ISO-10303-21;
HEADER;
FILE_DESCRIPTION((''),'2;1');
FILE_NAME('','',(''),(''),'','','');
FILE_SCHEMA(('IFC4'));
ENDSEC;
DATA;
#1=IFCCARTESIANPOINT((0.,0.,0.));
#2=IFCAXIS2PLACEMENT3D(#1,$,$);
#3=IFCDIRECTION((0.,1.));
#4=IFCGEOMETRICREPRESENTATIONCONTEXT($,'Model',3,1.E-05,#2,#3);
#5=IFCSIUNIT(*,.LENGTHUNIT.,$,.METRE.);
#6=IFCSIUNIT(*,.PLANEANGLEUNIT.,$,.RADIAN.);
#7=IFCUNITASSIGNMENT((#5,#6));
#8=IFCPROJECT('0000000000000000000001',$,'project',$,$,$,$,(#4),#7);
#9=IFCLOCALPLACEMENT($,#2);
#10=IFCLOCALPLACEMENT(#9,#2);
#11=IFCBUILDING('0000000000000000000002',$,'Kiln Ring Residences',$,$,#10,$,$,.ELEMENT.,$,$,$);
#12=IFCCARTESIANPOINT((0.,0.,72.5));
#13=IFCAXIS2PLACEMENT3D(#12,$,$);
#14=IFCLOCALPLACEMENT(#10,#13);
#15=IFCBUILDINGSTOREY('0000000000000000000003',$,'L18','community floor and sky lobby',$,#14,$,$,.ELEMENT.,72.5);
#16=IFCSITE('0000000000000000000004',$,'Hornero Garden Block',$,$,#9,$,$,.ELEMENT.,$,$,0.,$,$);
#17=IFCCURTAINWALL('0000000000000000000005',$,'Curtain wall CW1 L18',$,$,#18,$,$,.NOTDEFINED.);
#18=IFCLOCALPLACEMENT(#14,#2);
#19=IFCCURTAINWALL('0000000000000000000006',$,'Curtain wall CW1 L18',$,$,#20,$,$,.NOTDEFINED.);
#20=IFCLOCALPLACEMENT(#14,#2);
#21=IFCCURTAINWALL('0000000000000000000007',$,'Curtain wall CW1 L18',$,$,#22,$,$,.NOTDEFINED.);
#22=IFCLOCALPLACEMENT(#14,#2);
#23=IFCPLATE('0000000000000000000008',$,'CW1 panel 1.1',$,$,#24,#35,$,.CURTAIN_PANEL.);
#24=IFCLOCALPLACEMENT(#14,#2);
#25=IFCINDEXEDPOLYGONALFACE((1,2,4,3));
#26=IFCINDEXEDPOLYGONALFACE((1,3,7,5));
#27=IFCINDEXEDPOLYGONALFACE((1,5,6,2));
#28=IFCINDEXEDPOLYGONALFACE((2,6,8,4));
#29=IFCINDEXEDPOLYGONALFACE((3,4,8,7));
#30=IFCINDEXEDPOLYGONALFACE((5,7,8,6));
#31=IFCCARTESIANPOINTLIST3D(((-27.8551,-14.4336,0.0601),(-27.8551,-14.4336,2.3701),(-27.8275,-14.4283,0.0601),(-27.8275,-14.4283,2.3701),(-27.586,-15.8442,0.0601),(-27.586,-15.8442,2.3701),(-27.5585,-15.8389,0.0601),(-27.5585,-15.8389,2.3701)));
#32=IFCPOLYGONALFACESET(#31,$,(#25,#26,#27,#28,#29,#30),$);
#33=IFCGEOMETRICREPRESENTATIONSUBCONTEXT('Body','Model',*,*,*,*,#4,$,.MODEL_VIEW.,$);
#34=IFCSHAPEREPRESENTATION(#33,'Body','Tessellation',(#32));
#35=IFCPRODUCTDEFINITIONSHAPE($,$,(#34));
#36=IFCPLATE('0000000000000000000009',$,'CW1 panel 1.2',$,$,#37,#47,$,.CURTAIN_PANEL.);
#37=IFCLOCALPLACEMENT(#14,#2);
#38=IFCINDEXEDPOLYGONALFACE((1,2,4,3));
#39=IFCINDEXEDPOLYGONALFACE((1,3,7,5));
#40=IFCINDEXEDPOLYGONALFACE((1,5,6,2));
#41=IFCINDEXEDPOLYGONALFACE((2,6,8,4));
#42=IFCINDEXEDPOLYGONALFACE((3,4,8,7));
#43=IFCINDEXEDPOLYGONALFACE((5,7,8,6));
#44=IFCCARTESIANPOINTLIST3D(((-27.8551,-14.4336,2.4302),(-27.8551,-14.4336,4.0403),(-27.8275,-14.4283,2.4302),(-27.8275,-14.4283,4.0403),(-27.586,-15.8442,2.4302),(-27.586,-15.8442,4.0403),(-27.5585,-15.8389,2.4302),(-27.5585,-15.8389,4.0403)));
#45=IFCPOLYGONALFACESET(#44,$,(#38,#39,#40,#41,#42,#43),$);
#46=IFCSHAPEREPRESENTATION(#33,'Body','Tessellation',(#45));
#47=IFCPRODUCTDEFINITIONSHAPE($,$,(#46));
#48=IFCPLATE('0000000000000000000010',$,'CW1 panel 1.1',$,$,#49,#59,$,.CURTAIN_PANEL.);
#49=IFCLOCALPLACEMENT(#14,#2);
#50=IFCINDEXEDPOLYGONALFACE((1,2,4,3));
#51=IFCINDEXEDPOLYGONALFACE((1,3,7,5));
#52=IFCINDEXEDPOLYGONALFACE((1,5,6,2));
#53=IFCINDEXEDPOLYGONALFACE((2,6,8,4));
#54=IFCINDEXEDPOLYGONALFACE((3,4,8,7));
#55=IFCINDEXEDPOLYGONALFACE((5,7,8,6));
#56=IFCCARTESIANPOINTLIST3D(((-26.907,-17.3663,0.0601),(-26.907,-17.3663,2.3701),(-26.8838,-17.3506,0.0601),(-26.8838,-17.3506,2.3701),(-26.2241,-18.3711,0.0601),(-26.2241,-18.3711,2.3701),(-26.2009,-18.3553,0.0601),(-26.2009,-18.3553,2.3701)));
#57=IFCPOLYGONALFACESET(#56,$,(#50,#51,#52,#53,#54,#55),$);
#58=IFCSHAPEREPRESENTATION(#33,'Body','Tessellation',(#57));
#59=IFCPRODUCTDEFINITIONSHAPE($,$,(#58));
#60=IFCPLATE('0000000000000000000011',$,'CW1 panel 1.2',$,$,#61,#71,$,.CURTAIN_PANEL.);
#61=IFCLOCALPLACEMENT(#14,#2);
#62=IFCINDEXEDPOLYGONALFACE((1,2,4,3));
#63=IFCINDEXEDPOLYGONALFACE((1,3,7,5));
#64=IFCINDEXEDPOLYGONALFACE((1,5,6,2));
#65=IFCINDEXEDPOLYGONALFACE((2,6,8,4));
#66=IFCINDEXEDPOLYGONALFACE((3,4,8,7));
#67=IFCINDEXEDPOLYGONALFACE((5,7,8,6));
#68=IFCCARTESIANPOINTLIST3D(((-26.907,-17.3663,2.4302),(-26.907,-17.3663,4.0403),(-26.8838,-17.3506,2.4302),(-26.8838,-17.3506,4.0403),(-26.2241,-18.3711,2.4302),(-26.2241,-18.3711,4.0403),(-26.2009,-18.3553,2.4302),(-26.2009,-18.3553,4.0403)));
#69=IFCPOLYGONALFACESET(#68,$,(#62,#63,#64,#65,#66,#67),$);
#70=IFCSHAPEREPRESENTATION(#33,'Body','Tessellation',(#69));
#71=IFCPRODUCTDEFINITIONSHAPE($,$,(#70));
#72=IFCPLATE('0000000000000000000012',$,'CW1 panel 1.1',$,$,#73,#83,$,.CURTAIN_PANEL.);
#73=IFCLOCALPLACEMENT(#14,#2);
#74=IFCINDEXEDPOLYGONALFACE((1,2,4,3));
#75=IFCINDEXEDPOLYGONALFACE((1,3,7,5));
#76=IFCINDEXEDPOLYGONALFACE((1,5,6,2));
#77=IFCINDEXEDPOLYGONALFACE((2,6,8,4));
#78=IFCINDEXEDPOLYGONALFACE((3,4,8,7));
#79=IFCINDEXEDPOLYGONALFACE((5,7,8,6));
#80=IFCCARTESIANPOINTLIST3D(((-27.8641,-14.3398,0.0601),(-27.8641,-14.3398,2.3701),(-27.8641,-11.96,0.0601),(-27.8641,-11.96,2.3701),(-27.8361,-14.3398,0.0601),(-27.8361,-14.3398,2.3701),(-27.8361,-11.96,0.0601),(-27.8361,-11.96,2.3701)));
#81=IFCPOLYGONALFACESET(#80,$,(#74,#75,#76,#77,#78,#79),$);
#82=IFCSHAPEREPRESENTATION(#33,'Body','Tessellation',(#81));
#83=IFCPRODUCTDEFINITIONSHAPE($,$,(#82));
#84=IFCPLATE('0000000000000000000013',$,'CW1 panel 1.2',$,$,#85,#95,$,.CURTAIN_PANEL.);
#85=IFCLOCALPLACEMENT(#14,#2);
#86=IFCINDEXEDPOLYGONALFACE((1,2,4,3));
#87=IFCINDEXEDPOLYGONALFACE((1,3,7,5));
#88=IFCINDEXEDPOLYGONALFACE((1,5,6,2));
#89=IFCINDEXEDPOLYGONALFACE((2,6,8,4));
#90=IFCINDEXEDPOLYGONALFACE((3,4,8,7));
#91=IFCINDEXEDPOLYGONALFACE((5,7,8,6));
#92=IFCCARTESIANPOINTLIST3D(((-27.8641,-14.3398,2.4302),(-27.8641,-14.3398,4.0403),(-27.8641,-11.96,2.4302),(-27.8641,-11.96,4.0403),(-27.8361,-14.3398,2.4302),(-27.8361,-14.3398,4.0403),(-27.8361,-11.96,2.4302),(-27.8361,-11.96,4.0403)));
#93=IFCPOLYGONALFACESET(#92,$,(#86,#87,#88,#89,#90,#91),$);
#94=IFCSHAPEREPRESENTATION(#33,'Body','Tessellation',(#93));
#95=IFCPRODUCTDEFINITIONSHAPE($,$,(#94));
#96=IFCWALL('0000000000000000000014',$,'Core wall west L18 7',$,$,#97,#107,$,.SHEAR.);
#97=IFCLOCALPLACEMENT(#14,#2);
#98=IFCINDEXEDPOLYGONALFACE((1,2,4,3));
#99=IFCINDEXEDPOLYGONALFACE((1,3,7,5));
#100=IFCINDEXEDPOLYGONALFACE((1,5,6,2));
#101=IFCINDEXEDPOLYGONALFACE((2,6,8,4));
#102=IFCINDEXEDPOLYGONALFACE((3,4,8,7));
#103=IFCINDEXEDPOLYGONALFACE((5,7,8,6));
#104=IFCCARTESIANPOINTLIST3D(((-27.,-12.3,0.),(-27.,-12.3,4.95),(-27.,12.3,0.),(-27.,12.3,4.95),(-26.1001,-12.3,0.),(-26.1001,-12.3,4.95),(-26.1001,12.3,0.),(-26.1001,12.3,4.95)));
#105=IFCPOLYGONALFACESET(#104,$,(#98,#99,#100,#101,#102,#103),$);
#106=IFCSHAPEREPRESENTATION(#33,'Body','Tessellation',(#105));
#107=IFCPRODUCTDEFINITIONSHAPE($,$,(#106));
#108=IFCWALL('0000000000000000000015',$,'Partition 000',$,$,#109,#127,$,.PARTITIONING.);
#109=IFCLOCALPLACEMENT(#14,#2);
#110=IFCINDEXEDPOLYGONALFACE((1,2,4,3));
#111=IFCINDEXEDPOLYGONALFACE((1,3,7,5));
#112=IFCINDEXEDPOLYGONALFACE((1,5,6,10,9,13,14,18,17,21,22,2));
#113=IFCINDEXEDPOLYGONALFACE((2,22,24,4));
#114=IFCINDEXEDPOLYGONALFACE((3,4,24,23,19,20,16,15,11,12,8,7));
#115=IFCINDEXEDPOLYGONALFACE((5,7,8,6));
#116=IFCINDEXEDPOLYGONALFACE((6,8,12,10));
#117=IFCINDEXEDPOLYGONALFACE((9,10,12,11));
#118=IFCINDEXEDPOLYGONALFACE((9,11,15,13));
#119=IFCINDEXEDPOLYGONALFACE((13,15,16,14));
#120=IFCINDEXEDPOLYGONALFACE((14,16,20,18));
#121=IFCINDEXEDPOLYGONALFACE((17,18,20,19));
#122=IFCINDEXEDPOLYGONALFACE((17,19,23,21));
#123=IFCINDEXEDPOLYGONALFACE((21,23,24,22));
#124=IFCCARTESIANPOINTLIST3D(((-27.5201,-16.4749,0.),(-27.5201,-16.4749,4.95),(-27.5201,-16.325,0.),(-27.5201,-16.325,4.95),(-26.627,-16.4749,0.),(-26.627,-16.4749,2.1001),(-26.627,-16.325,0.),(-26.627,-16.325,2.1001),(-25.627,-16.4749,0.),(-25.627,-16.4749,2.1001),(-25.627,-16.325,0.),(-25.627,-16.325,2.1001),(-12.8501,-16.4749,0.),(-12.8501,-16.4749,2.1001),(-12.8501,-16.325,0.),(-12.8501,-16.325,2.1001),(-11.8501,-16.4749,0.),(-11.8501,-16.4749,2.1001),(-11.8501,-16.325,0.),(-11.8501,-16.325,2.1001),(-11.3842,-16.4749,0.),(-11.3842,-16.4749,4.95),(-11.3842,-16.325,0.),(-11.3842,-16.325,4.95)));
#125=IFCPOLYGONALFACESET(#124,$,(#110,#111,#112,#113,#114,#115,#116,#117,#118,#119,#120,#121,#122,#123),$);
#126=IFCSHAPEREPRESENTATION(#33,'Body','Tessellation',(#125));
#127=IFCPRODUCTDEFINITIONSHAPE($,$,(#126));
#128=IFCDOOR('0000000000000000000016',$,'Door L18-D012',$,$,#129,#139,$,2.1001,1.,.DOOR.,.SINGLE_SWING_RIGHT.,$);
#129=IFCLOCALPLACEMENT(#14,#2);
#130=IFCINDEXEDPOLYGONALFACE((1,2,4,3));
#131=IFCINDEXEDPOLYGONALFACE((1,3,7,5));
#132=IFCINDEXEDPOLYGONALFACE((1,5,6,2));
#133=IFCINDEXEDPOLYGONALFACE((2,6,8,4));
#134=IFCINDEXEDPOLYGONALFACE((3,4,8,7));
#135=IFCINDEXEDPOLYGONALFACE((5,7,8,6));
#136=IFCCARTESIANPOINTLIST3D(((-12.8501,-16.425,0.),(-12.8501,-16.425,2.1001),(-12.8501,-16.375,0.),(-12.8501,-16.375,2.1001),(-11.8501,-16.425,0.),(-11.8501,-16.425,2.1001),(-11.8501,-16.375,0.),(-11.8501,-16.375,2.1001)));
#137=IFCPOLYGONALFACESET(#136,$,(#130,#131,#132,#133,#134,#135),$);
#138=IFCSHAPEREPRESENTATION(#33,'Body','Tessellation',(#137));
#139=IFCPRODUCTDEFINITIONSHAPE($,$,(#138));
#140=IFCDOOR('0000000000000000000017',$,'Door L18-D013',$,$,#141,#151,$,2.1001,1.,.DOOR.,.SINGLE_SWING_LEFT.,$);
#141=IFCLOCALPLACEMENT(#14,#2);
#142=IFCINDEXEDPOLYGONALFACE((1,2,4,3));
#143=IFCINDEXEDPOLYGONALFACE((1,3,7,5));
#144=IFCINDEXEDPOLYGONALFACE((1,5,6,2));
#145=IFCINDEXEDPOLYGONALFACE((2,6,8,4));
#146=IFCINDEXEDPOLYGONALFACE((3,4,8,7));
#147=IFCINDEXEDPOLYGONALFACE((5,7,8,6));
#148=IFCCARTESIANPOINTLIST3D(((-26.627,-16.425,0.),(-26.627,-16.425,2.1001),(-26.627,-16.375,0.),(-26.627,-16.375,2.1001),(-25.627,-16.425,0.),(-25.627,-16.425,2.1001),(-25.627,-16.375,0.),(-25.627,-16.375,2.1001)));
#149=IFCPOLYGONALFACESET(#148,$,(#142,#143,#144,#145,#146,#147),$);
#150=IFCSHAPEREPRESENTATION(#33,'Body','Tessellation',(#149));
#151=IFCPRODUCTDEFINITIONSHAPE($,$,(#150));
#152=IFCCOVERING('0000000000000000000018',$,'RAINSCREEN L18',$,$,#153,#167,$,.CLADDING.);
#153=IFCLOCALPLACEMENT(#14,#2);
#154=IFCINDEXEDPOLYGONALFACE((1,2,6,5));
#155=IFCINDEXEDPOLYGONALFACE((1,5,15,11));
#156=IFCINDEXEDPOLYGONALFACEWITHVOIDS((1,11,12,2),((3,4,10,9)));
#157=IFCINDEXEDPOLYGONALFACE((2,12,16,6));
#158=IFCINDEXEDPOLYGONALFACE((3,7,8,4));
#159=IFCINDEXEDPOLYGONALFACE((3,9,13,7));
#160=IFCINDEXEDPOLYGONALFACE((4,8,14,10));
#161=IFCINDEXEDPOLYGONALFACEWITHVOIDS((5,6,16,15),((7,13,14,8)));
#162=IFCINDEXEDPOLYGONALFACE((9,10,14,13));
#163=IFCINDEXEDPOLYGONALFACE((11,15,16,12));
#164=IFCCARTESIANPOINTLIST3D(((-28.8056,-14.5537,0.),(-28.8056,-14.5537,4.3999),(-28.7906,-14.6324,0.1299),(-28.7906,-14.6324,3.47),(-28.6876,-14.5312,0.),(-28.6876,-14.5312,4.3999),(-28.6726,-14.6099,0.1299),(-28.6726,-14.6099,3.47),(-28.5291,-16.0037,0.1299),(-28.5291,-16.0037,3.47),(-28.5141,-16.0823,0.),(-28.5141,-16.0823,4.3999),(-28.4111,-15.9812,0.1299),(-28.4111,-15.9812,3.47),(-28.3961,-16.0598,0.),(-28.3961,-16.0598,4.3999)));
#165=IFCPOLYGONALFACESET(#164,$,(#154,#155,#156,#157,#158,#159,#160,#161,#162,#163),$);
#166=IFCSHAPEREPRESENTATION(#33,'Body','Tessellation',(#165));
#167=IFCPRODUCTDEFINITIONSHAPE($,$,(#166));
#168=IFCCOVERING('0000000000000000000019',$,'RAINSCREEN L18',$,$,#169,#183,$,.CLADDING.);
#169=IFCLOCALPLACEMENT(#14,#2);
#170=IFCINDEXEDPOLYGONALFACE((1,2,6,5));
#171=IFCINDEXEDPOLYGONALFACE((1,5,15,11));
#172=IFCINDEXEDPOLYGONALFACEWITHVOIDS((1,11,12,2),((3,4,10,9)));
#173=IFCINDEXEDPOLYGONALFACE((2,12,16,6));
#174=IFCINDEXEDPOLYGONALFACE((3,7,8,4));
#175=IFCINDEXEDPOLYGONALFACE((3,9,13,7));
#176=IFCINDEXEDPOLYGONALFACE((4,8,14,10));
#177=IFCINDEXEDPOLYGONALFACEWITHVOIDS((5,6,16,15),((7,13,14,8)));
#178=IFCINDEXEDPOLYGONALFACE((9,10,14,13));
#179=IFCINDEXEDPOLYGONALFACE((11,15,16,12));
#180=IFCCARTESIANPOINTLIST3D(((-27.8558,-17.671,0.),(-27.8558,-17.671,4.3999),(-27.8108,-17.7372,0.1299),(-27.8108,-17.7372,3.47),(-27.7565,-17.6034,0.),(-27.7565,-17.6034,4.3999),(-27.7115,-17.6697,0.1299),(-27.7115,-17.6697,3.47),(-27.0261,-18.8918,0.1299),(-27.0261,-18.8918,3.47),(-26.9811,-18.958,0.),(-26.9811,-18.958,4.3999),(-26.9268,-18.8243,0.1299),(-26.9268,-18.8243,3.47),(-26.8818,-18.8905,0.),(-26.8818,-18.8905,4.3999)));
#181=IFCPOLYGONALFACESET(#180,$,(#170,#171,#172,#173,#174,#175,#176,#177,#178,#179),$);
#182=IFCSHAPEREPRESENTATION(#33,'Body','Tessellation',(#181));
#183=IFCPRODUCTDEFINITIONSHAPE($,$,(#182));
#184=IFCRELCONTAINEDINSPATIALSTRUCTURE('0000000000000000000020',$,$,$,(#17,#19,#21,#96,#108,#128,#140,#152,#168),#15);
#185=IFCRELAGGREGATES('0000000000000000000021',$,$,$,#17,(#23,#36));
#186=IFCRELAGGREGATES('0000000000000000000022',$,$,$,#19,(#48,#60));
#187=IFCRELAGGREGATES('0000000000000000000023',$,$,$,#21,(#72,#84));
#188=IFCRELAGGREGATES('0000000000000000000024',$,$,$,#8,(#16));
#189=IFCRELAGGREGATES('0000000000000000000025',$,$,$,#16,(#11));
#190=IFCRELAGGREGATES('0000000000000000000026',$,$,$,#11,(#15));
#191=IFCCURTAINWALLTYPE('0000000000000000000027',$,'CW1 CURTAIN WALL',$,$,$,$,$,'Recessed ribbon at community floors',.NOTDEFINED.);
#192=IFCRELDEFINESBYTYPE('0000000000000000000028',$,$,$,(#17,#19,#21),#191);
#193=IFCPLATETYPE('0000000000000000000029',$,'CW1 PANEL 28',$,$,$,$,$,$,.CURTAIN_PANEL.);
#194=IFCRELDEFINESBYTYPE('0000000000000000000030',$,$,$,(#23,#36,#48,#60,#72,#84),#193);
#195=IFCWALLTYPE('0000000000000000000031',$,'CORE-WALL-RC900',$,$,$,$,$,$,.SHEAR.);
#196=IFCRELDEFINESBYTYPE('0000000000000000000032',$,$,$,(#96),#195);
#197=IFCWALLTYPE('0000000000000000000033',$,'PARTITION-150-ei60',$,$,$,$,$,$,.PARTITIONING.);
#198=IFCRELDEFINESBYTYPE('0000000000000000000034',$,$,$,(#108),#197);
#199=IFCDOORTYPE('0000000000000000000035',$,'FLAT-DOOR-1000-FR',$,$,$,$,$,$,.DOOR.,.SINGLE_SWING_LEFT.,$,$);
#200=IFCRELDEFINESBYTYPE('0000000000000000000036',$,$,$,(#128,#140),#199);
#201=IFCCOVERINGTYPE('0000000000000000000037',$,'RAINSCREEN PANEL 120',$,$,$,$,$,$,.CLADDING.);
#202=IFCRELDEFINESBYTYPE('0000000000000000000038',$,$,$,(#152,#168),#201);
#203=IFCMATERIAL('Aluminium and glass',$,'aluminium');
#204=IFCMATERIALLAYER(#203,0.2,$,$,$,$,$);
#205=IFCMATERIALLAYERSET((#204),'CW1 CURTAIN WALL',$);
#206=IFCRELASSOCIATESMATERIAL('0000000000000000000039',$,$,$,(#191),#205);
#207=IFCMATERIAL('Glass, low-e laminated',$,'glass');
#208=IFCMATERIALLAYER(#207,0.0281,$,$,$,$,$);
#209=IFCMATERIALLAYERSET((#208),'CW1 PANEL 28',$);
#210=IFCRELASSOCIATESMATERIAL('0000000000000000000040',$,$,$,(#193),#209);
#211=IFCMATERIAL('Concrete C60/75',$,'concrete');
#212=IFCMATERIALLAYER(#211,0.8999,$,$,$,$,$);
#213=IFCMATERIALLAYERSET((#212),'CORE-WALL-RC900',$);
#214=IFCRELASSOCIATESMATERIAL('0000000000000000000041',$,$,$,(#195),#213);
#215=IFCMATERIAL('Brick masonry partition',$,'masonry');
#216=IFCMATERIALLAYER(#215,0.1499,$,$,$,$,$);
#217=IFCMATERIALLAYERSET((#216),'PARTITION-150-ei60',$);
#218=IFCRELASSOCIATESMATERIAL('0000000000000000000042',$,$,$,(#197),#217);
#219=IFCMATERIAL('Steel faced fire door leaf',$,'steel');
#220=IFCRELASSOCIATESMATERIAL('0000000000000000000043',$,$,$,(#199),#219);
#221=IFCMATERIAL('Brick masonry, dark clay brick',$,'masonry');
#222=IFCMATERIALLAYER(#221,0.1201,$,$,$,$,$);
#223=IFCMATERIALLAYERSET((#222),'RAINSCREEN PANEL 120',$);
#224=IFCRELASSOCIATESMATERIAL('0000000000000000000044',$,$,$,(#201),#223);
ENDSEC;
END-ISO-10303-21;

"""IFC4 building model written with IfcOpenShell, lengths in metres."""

from ifc_helpers import new_model, si_unit, direction, frame, frame_2d, origin, origin_2d, place, context, subcontext, project, spatial, polyline, rectangle, outline, extrude, material, layer, layer_set, type_object, element, fill, aggregate, save


model = new_model("IFC4")

# Units and contexts
model_context = context("Model", 3, precision=1e-05, world=origin(), true_north=direction((0.0, 1.0)))
body_context = subcontext(model_context, "Body", "Model", "MODEL_VIEW")
ifc_project = project(units=[si_unit("LENGTHUNIT", "METRE"), si_unit("PLANEANGLEUNIT", "RADIAN")], contexts=[model_context])

# Site, building, storey
site_placement = place(None, origin())
site = spatial("IfcSite", under=ifc_project, at=site_placement, Name="Hornero Garden Block", CompositionType="ELEMENT", RefElevation=0.0)
building_placement = place(site_placement, origin())
building = spatial("IfcBuilding", under=site, at=building_placement, Name="Kiln Ring Residences", CompositionType="ELEMENT")
storey_placement = place(building_placement, frame((0.0, 0.0, 72.5)))
storey = spatial("IfcBuildingStorey", under=building, at=storey_placement, Name="L18", Description="community floor and sky lobby", CompositionType="ELEMENT", Elevation=72.5)

# Curtain walls
ifc_material_1 = material(Name="Aluminium and glass", Category="aluminium")
ifc_layer_1 = layer(ifc_material_1, 0.2)
ifc_layer_set_1 = layer_set([ifc_layer_1], Name="CW1 CURTAIN WALL")
curtain_wall_type = type_object("IfcCurtainWallType", Name="CW1 CURTAIN WALL", ElementType="Recessed ribbon at community floors", PredefinedType="NOTDEFINED", material=ifc_layer_set_1)
placement = place(storey_placement, origin())
curtain_wall_1 = element("IfcCurtainWall", 1, at=placement, inside=storey, type_object=curtain_wall_type, Name="Curtain wall CW1 L18", PredefinedType="NOTDEFINED")
curtain_wall_2 = element("IfcCurtainWall", 2, at=placement, inside=storey, type_object=curtain_wall_type, Name="Curtain wall CW1 L18", PredefinedType="NOTDEFINED")

# Curtain wall
curtain_wall_3 = element("IfcCurtainWall", 3, at=placement, inside=storey, type_object=curtain_wall_type, Name="Curtain wall CW1 L18", PredefinedType="NOTDEFINED")

# Plates
ifc_material_2 = material(Name="Glass, low-e laminated", Category="glass")
ifc_layer_2 = layer(ifc_material_2, 0.0281)
ifc_layer_set_2 = layer_set([ifc_layer_2], Name="CW1 PANEL 28")
plate_type = type_object("IfcPlateType", Name="CW1 PANEL 28", PredefinedType="CURTAIN_PANEL", material=ifc_layer_set_2)
plate_1_placement = place(storey_placement, frame((-27.7068, -15.1362, 0.0601), z_axis=(0.0, 0.0, 1.0), x_axis=(0.187366, -0.98229, 0.0)))
plate_1 = element("IfcPlate", 4, at=plate_1_placement, type_object=plate_type, Name="CW1 panel 1.1", PredefinedType="CURTAIN_PANEL", context=body_context, shape_type="SweptSolid", body=[
    extrude(rectangle(XDim=1.436, YDim=0.0281, at=origin_2d()), origin(), (0.0, 0.0, 1.0), 2.3101),
])
plate_2_placement = place(storey_placement, frame((-27.7068, -15.1362, 2.4302), z_axis=(0.0, 0.0, 1.0), x_axis=(0.187366, -0.98229, 0.0)))
plate_2 = element("IfcPlate", 5, at=plate_2_placement, type_object=plate_type, Name="CW1 panel 1.2", PredefinedType="CURTAIN_PANEL", context=body_context, shape_type="SweptSolid", body=[
    extrude(rectangle(XDim=1.436, YDim=0.0281, at=origin_2d()), origin(), (0.0, 0.0, 1.0), 1.6101),
])
aggregate(curtain_wall_1, [plate_1, plate_2])
plate_3_placement = place(storey_placement, frame((-26.554, -17.8608, 0.0601), z_axis=(0.0, 0.0, 1.0), x_axis=(0.562097, -0.827072, 0.0)))
plate_3 = element("IfcPlate", 6, at=plate_3_placement, type_object=plate_type, Name="CW1 panel 1.1", PredefinedType="CURTAIN_PANEL", context=body_context, shape_type="SweptSolid", body=[
    extrude(rectangle(XDim=1.2148, YDim=0.0281, at=origin_2d()), origin(), (0.0, 0.0, 1.0), 2.3101),
])
plate_4_placement = place(storey_placement, frame((-26.554, -17.8608, 2.4302), z_axis=(0.0, 0.0, 1.0), x_axis=(0.562097, -0.827072, 0.0)))
plate_4 = element("IfcPlate", 7, at=plate_4_placement, type_object=plate_type, Name="CW1 panel 1.2", PredefinedType="CURTAIN_PANEL", context=body_context, shape_type="SweptSolid", body=[
    extrude(rectangle(XDim=1.2148, YDim=0.0281, at=origin_2d()), origin(), (0.0, 0.0, 1.0), 1.6101),
])
aggregate(curtain_wall_2, [plate_3, plate_4])
plate_5_placement = place(storey_placement, frame((-27.8501, -13.1499, 0.0601), z_axis=(0.0, 0.0, 1.0), x_axis=(0.0, -1.0, 0.0)))
plate_5 = element("IfcPlate", 8, at=plate_5_placement, type_object=plate_type, Name="CW1 panel 1.1", PredefinedType="CURTAIN_PANEL", context=body_context, shape_type="SweptSolid", body=[
    extrude(rectangle(XDim=2.3799, YDim=0.0281, at=origin_2d()), origin(), (0.0, 0.0, 1.0), 2.3101),
])
plate_6_placement = place(storey_placement, frame((-27.8501, -13.1499, 2.4302), z_axis=(0.0, 0.0, 1.0), x_axis=(0.0, -1.0, 0.0)))
plate_6 = element("IfcPlate", 9, at=plate_6_placement, type_object=plate_type, Name="CW1 panel 1.2", PredefinedType="CURTAIN_PANEL", context=body_context, shape_type="SweptSolid", body=[
    extrude(rectangle(XDim=2.3799, YDim=0.0281, at=origin_2d()), origin(), (0.0, 0.0, 1.0), 1.6101),
])
aggregate(curtain_wall_3, [plate_5, plate_6])

# Wall
ifc_material_3 = material(Name="Concrete C60/75", Category="concrete")
ifc_layer_3 = layer(ifc_material_3, 0.8999)
ifc_layer_set_3 = layer_set([ifc_layer_3], Name="CORE-WALL-RC900")
wall_type_1 = type_object("IfcWallType", Name="CORE-WALL-RC900", PredefinedType="SHEAR", material=ifc_layer_set_3)
wall_1_placement = place(storey_placement, frame((-26.55, -12.3, 0.0), z_axis=(0.0, 0.0, 1.0), x_axis=(0.0, 1.0, 0.0)))
element("IfcWall", 10, at=wall_1_placement, inside=storey, type_object=wall_type_1, Name="Core wall west L18 7", PredefinedType="SHEAR", context=body_context, shape_type="SweptSolid", body=[
    extrude(rectangle(XDim=24.6001, YDim=0.8999, at=frame_2d((12.3, 0.0))), origin(), (0.0, 0.0, 1.0), 4.95),
])

# Wall, openings, doors
ifc_material_4 = material(Name="Brick masonry partition", Category="masonry")
ifc_layer_4 = layer(ifc_material_4, 0.1499)
ifc_layer_set_4 = layer_set([ifc_layer_4], Name="PARTITION-150-ei60")
wall_type_2 = type_object("IfcWallType", Name="PARTITION-150-ei60", PredefinedType="PARTITIONING", material=ifc_layer_set_4)
wall_2_placement = place(storey_placement, frame((-27.52, -16.3999, 0.0), z_axis=(0.0, 0.0, 1.0), x_axis=(1.0, 0.0, 0.0)))
wall_2 = element("IfcWall", 11, at=wall_2_placement, inside=storey, type_object=wall_type_2, Name="Partition 000", PredefinedType="PARTITIONING", context=body_context, shape_type="SweptSolid", body=[
    extrude(rectangle(XDim=16.136, YDim=0.1499, at=frame_2d((8.0679, 0.0))), origin(), (0.0, 0.0, 1.0), 4.95),
])
opening_1_placement = place(wall_2_placement, frame((14.6699, 0.0, 0.0)))
opening_1 = element("IfcOpeningElement", 12, at=opening_1_placement, cuts=wall_2, PredefinedType="OPENING", context=body_context, shape_type="SweptSolid", body=[
    extrude(rectangle(XDim=1.0, YDim=2.1001, at=frame_2d((0.5, 1.05))), frame((0.0, 0.085, 0.0), z_axis=(0.0, -1.0, 0.0), x_axis=(1.0, 0.0, 0.0)), (0.0, 0.0, 1.0), 0.1699),
])
opening_2_placement = place(wall_2_placement, frame((0.8931, 0.0, 0.0)))
opening_2 = element("IfcOpeningElement", 13, at=opening_2_placement, cuts=wall_2, PredefinedType="OPENING", context=body_context, shape_type="SweptSolid", body=[
    extrude(rectangle(XDim=1.0, YDim=2.1001, at=frame_2d((0.5, 1.05))), frame((0.0, 0.085, 0.0), z_axis=(0.0, -1.0, 0.0), x_axis=(1.0, 0.0, 0.0)), (0.0, 0.0, 1.0), 0.1699),
])
ifc_material_5 = material(Name="Steel faced fire door leaf", Category="steel")
door_type = type_object("IfcDoorType", Name="FLAT-DOOR-1000-FR", OperationType="SINGLE_SWING_LEFT", PredefinedType="DOOR", material=ifc_material_5)
door_1_placement = place(opening_1_placement, origin())
door_1 = element("IfcDoor", 14, at=door_1_placement, inside=storey, type_object=door_type, Name="Door L18-D012", OperationType="SINGLE_SWING_RIGHT", OverallHeight=2.1001, OverallWidth=1.0, PredefinedType="DOOR", context=body_context, shape_type="SweptSolid", body=[
    extrude(rectangle(XDim=1.0, YDim=2.1001, at=frame_2d((0.5, 1.05))), frame((0.0, 0.0249, 0.0), z_axis=(0.0, -1.0, 0.0), x_axis=(1.0, 0.0, 0.0)), (0.0, 0.0, 1.0), 0.05),
])
fill(opening_1, door_1)
door_2_placement = place(opening_2_placement, origin())
door_2 = element("IfcDoor", 15, at=door_2_placement, inside=storey, type_object=door_type, Name="Door L18-D013", OperationType="SINGLE_SWING_LEFT", OverallHeight=2.1001, OverallWidth=1.0, PredefinedType="DOOR", context=body_context, shape_type="SweptSolid", body=[
    extrude(rectangle(XDim=1.0, YDim=2.1001, at=frame_2d((0.5, 1.05))), frame((0.0, 0.0249, 0.0), z_axis=(0.0, -1.0, 0.0), x_axis=(1.0, 0.0, 0.0)), (0.0, 0.0, 1.0), 0.05),
])
fill(opening_2, door_2)

# Coverings
ifc_material_6 = material(Name="Brick masonry, dark clay brick", Category="masonry")
ifc_layer_5 = layer(ifc_material_6, 0.1201)
ifc_layer_set_5 = layer_set([ifc_layer_5], Name="RAINSCREEN PANEL 120")
covering_type = type_object("IfcCoveringType", Name="RAINSCREEN PANEL 120", PredefinedType="CLADDING", material=ifc_layer_set_5)
for number, where, z_axis, x_axis, name in (
    (16, (-28.7466, -14.5425, 0.0), (0.0, 0.0, 1.0), (0.187328, -0.982297, 0.0), "RAINSCREEN L18"),
    (17, (-27.8062, -17.6372, 0.0), (0.0, 0.0, 1.0), (0.5621, -0.827069, 0.0), "RAINSCREEN L18"),
):
    element("IfcCovering", number, at=place(storey_placement, frame(where, z_axis=z_axis, x_axis=x_axis)), inside=storey, type_object=covering_type, Name=name, PredefinedType="CLADDING", context=body_context, shape_type="SweptSolid", body=[
        extrude(outline(polyline([(0.0, 0.0), (1.5562, 0.0), (1.5562, 4.3999), (0.0, 4.3999), (0.0, 0.0)]), holes=[polyline([(0.0801, 3.47), (0.0801, 0.1299), (1.4761, 0.1299), (1.4761, 3.47), (0.0801, 3.47)])]), frame((0.0, 0.0601, 0.0), z_axis=(0.0, -1.0, 0.0), x_axis=(1.0, 0.0, 0.0)), (0.0, 0.0, 1.0), 0.1201),
    ])

save(model, "model.ifc")
